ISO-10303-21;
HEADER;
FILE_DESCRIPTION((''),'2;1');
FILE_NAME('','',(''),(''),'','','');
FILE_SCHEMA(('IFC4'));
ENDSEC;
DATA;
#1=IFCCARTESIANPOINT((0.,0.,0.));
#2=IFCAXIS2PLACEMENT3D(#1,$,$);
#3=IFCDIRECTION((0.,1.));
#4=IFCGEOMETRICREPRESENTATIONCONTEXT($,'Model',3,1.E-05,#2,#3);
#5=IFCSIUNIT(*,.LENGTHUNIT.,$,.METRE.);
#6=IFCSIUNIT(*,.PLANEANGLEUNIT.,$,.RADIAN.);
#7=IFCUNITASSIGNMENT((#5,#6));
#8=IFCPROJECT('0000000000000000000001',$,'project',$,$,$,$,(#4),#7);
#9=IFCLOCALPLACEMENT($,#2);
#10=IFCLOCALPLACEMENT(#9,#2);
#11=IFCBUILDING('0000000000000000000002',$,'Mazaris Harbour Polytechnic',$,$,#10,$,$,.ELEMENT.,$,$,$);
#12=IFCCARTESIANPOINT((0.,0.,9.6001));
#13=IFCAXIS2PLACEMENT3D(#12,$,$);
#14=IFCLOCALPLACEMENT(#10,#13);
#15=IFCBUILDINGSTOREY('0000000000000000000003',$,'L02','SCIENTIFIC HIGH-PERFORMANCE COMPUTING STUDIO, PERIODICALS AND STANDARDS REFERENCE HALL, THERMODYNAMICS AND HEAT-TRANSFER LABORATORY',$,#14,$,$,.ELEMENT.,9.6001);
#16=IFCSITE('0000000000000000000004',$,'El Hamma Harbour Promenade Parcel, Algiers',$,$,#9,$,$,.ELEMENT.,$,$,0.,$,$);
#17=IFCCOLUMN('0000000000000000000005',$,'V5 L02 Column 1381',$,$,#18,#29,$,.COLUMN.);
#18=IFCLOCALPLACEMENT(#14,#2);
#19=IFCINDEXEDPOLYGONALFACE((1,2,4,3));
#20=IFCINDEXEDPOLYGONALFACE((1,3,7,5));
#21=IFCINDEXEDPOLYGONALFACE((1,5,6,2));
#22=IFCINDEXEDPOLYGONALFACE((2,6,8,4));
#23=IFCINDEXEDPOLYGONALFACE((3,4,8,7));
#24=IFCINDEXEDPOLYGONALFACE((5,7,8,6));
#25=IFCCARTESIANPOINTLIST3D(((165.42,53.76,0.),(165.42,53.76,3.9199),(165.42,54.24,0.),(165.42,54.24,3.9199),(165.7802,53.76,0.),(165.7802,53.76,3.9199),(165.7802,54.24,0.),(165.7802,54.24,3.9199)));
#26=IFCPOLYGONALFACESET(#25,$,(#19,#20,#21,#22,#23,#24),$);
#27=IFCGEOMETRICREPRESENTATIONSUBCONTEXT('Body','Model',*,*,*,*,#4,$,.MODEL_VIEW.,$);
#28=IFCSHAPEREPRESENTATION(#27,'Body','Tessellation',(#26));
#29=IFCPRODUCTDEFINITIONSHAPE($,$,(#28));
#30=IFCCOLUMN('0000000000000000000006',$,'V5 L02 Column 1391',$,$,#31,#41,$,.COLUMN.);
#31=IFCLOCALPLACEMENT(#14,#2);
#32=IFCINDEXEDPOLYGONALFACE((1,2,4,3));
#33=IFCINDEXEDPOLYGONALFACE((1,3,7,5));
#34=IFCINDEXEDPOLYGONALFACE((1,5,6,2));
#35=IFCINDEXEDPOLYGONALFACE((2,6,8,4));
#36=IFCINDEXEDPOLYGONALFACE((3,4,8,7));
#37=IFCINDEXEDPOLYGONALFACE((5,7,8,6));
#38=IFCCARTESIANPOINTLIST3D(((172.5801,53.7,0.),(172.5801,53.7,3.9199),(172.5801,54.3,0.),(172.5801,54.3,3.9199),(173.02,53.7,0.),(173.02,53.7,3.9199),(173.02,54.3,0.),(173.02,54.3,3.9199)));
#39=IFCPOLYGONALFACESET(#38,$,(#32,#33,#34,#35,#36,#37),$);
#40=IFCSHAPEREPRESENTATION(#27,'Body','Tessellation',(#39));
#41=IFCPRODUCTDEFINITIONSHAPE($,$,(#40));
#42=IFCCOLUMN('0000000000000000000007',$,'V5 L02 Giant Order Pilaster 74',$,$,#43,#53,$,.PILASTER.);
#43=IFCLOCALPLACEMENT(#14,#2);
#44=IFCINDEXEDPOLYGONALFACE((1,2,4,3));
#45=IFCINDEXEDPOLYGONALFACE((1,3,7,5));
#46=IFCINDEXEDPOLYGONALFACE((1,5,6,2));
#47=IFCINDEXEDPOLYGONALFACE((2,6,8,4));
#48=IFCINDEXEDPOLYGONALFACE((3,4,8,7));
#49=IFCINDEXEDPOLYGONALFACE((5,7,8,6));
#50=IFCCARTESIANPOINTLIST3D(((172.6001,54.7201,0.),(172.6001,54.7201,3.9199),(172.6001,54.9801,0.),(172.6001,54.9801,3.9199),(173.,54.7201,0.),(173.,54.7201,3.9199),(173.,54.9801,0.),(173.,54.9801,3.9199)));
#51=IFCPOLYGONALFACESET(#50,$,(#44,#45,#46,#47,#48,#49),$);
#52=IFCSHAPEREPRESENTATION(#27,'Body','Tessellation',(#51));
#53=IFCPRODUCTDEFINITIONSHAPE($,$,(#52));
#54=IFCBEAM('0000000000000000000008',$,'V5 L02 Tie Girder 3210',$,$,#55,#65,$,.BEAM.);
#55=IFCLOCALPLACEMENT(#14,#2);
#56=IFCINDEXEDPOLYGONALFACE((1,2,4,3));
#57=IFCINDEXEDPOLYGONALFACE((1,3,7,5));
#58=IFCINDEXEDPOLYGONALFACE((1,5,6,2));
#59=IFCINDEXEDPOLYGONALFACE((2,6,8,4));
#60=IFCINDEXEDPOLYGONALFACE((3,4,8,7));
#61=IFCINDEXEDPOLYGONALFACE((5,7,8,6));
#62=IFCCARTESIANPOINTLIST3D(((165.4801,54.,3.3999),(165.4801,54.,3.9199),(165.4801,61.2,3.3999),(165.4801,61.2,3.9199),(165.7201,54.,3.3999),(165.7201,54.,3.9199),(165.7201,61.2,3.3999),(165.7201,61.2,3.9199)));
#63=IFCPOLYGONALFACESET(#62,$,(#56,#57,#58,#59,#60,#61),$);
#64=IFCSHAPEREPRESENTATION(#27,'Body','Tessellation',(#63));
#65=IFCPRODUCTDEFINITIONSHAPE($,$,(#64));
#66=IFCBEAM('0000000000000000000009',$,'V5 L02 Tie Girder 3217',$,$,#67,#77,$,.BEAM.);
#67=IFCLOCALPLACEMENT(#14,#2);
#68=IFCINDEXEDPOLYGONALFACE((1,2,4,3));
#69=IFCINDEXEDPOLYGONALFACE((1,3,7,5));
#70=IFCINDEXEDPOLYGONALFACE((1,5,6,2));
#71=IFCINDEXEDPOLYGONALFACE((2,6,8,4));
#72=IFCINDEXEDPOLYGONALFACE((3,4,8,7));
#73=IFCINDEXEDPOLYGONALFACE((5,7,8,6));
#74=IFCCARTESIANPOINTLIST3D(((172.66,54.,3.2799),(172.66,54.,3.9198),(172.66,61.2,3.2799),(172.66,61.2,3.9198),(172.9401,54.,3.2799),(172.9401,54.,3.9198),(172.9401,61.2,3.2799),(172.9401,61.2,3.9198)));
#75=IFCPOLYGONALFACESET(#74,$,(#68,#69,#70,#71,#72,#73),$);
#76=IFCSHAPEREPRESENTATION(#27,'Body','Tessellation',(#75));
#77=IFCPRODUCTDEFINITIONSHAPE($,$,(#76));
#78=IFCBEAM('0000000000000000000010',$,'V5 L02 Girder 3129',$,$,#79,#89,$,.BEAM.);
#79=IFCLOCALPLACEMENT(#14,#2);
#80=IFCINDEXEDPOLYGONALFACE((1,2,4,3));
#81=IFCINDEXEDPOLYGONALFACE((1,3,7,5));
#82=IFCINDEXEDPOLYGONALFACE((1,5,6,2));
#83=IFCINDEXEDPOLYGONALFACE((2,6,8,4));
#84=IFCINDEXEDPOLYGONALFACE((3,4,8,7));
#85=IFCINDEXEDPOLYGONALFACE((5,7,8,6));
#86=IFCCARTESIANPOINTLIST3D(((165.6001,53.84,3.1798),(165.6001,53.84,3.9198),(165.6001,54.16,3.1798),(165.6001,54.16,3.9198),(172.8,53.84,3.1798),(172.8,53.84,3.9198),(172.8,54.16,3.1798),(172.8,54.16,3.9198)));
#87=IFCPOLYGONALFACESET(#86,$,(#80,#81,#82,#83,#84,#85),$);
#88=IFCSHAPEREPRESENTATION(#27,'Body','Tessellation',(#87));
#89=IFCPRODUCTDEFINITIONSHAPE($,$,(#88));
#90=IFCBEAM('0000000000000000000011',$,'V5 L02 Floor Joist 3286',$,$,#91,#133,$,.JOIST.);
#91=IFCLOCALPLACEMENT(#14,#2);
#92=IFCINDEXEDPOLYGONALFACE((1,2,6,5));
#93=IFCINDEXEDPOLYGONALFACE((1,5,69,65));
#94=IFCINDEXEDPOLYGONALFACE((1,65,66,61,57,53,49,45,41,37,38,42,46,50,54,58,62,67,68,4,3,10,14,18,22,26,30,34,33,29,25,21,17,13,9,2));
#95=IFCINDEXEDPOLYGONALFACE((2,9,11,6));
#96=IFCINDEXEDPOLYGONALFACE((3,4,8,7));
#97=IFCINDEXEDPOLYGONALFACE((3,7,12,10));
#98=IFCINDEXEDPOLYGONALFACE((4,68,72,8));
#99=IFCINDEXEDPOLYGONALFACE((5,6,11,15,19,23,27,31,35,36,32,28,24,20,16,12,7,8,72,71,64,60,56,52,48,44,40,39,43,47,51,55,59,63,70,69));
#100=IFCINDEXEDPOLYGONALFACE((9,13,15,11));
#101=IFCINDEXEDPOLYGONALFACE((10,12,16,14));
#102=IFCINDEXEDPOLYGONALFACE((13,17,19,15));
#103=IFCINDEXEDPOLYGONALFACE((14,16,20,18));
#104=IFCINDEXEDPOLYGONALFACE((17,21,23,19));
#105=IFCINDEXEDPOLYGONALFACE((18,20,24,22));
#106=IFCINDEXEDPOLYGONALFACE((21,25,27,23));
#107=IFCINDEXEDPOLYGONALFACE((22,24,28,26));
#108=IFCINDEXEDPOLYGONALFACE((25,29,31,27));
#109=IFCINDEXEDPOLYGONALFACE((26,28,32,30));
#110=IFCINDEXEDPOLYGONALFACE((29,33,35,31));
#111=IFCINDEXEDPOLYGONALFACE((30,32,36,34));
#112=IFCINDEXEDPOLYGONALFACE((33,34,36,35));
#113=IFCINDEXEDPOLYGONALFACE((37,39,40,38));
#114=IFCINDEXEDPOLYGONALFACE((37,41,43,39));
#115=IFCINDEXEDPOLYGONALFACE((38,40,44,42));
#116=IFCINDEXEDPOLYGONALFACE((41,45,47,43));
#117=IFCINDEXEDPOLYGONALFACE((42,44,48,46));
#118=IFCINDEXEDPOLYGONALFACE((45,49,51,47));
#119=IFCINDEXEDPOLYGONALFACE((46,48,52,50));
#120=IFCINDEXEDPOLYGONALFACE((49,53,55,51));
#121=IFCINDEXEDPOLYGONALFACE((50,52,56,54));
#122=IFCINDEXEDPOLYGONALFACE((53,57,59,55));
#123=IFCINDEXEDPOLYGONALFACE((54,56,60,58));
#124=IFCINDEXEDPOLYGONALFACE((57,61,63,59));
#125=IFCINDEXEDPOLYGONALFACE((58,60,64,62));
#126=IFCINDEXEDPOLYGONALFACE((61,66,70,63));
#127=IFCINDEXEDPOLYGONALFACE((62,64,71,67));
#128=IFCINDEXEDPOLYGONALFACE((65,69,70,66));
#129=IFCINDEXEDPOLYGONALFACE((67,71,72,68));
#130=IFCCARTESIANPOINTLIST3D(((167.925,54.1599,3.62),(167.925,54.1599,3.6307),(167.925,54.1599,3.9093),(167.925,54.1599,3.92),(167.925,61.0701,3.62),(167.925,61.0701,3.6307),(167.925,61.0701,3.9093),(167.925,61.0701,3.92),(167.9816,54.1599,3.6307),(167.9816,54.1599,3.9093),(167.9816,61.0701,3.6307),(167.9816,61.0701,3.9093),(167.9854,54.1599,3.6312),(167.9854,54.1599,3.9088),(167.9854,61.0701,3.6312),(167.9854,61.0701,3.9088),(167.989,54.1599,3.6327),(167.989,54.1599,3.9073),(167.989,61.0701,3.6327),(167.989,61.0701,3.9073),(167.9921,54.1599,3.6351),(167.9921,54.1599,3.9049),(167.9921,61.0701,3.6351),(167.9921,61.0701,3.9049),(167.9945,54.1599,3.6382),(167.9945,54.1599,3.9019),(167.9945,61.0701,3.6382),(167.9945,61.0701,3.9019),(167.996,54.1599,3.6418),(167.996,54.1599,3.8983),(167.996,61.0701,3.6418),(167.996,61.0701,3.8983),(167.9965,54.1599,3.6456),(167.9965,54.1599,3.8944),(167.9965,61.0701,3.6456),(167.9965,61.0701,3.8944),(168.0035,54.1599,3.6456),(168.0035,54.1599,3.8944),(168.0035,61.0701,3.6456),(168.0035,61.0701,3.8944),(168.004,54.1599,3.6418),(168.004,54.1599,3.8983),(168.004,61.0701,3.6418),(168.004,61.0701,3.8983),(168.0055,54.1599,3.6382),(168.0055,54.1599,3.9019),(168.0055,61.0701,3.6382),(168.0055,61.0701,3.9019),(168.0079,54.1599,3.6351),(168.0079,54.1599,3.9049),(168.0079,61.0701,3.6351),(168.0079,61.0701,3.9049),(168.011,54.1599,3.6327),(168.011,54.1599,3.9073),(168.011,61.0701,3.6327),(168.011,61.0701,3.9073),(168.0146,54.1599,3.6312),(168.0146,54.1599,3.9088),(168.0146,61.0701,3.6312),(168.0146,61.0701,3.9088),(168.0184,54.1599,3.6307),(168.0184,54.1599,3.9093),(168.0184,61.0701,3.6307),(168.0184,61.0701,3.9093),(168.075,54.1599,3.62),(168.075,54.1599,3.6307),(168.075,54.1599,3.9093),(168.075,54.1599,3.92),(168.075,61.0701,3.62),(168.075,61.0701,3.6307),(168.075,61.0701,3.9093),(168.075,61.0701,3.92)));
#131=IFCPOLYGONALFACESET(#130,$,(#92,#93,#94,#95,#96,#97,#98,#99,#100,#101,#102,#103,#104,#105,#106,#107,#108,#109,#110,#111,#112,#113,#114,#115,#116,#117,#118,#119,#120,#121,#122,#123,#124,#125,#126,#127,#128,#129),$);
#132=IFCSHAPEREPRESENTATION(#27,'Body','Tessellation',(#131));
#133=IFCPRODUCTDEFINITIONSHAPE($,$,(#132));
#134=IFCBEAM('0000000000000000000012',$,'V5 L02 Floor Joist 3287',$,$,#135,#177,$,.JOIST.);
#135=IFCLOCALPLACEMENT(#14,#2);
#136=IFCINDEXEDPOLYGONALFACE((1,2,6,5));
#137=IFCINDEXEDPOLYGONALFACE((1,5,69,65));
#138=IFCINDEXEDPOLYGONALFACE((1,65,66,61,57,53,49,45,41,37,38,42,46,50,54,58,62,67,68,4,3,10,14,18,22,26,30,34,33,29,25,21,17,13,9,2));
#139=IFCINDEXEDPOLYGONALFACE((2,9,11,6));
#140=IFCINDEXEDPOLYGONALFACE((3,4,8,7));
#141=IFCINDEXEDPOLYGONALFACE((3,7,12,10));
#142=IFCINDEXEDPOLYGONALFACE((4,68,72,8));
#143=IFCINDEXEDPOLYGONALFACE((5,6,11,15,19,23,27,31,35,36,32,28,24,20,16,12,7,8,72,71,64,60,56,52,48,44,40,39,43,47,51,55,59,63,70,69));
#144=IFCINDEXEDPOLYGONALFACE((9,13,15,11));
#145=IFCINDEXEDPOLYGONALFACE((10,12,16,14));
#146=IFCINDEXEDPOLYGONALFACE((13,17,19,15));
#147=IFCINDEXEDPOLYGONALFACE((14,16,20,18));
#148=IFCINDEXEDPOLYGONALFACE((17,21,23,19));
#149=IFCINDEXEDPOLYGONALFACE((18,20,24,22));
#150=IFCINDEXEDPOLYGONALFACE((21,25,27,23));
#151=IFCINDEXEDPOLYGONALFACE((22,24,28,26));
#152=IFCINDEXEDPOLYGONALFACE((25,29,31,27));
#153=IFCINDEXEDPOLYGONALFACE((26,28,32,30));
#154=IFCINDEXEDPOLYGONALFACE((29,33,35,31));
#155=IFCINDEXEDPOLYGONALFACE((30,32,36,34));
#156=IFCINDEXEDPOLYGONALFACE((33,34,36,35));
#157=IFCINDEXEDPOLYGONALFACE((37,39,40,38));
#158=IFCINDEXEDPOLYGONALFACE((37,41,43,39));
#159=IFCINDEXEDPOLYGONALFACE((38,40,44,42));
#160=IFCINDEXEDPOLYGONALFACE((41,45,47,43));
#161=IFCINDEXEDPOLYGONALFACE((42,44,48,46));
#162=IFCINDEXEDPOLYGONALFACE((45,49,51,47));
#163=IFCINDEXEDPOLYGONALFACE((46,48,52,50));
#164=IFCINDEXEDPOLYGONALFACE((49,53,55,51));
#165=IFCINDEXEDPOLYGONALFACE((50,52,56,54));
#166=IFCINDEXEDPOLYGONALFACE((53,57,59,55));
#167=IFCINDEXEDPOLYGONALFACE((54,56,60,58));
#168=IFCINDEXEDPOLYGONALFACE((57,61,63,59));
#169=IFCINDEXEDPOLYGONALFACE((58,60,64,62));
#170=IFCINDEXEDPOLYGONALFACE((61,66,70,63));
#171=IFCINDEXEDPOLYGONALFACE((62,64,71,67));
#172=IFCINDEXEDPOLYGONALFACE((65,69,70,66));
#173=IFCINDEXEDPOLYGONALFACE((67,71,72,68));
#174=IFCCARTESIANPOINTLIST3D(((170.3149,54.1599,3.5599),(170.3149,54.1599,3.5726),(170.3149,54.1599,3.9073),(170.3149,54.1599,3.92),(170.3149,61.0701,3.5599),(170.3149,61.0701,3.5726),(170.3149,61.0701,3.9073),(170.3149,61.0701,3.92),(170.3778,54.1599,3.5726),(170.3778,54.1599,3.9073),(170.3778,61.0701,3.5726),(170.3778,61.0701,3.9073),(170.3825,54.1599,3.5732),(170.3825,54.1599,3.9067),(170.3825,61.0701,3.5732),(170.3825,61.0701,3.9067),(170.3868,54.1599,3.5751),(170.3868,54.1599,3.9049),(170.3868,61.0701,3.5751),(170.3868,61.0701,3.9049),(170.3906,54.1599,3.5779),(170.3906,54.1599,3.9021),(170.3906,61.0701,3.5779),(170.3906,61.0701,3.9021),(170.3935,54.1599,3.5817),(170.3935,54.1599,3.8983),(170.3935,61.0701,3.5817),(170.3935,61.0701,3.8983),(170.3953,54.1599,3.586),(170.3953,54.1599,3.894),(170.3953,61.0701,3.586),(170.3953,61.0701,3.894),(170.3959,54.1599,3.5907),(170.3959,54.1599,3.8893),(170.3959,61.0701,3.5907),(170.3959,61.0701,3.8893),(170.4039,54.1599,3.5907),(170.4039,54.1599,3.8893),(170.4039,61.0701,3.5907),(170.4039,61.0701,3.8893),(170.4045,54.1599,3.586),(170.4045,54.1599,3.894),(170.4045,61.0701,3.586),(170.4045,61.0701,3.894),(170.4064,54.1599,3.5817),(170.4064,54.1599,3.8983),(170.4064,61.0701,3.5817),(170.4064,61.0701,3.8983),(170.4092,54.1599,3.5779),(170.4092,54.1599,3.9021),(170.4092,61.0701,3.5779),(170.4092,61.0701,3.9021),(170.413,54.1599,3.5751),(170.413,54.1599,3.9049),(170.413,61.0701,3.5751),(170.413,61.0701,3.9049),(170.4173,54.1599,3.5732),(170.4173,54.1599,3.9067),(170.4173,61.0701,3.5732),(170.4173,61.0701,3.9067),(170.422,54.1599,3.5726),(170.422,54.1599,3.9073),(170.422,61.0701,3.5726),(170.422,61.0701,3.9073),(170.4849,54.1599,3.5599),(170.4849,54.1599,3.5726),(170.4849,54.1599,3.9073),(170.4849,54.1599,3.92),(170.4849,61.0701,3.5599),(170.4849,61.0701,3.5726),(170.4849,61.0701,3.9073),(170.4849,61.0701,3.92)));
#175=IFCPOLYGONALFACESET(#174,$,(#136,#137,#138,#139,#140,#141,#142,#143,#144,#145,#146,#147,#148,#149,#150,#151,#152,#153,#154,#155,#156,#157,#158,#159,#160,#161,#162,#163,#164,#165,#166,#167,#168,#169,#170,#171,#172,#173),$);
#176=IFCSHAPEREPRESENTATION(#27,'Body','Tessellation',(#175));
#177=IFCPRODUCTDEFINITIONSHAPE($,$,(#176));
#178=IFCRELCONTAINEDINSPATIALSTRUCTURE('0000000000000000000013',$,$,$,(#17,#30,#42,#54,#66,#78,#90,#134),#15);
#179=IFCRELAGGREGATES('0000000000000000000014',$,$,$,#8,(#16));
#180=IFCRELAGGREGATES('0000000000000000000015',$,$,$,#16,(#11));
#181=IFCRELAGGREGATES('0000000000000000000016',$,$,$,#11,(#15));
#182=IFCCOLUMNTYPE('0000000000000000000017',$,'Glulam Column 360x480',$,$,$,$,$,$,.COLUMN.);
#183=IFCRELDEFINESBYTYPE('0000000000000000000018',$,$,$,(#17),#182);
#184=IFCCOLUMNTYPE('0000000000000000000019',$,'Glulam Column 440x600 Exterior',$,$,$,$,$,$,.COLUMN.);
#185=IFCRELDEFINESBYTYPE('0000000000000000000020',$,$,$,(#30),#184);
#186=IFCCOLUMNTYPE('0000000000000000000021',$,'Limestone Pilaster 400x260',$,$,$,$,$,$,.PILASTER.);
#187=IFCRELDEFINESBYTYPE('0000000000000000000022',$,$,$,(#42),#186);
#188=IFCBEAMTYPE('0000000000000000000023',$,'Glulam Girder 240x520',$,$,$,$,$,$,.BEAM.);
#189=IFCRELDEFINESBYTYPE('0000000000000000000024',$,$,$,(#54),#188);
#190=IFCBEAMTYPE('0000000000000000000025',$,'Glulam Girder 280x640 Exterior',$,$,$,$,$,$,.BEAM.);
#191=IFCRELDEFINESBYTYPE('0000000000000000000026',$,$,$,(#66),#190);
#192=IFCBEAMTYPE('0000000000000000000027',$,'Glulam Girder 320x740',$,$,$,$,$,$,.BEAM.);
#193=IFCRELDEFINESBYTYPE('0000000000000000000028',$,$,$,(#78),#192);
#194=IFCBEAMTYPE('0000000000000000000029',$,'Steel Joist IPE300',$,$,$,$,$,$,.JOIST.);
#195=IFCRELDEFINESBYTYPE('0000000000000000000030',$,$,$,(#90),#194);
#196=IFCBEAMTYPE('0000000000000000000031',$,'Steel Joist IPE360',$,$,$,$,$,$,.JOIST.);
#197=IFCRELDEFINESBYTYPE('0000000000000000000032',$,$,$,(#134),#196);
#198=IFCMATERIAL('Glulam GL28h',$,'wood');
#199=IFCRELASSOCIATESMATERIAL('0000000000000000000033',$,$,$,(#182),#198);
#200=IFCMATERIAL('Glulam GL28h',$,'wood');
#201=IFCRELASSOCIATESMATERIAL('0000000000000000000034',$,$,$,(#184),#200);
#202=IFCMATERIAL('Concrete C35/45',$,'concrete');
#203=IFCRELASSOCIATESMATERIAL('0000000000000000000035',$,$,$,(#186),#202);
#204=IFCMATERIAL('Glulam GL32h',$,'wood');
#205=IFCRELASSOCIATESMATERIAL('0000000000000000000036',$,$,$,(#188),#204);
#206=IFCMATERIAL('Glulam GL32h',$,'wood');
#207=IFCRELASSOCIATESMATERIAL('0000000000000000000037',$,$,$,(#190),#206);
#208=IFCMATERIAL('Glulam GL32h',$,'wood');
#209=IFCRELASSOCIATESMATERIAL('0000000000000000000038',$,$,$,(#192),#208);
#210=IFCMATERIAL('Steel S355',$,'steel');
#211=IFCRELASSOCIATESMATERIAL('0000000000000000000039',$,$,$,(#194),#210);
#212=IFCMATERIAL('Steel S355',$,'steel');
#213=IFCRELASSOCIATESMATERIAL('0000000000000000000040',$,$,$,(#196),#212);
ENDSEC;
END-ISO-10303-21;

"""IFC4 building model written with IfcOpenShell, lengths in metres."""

from ifc_helpers import new_model, si_unit, direction, frame, origin, origin_2d, place, context, subcontext, project, spatial, rectangle, i_section, extrude, material, material_profile, profile_set, type_object, element, save


model = new_model("IFC4")

# Units and contexts
model_context = context("Model", 3, precision=1e-05, world=origin(), true_north=direction((0.0, 1.0)))
body_context = subcontext(model_context, "Body", "Model", "MODEL_VIEW")
ifc_project = project(units=[si_unit("LENGTHUNIT", "METRE"), si_unit("PLANEANGLEUNIT", "RADIAN")], contexts=[model_context])

# Site, building, storey
site_placement = place(None, origin())
site = spatial("IfcSite", under=ifc_project, at=site_placement, Name="El Hamma Harbour Promenade Parcel, Algiers", CompositionType="ELEMENT", RefElevation=0.0)
building_placement = place(site_placement, origin())
building = spatial("IfcBuilding", under=site, at=building_placement, Name="Mazaris Harbour Polytechnic", CompositionType="ELEMENT")
storey_placement = place(building_placement, frame((0.0, 0.0, 9.6001)))
storey = spatial("IfcBuildingStorey", under=building, at=storey_placement, Name="L02", Description="SCIENTIFIC HIGH-PERFORMANCE COMPUTING STUDIO, PERIODICALS AND STANDARDS REFERENCE HALL, THERMODYNAMICS AND HEAT-TRANSFER LABORATORY", CompositionType="ELEMENT", Elevation=9.6001)

# Columns
ifc_material_1 = material(Name="Glulam GL28h", Category="wood")
ifc_material_profile_1 = material_profile(ifc_material_1, rectangle(XDim=0.3601, YDim=0.48, at=origin_2d()), Name="RECT360x480")
ifc_profile_set_1 = profile_set([ifc_material_profile_1], Name="Glulam GL28h")
column_type_1 = type_object("IfcColumnType", Name="Glulam Column 360x480", PredefinedType="COLUMN", material=ifc_profile_set_1)
column_1_placement = place(storey_placement, frame((165.6001, 54.0, 0.0), z_axis=(0.0, 0.0, 1.0), x_axis=(1.0, 0.0, 0.0)))
element("IfcColumn", 1, at=column_1_placement, inside=storey, type_object=column_type_1, Name="V5 L02 Column 1381", PredefinedType="COLUMN", context=body_context, shape_type="SweptSolid", body=[
    extrude(rectangle(XDim=0.3601, YDim=0.48, at=origin_2d()), origin(), (0.0, 0.0, 1.0), 3.9199),
])
ifc_material_2 = material(Name="Glulam GL28h", Category="wood")
ifc_material_profile_2 = material_profile(ifc_material_2, rectangle(XDim=0.4399, YDim=0.6001, at=origin_2d()), Name="RECT440x600")
ifc_profile_set_2 = profile_set([ifc_material_profile_2], Name="Glulam GL28h")
column_type_2 = type_object("IfcColumnType", Name="Glulam Column 440x600 Exterior", PredefinedType="COLUMN", material=ifc_profile_set_2)
column_2_placement = place(storey_placement, frame((172.8, 54.0, 0.0), z_axis=(0.0, 0.0, 1.0), x_axis=(1.0, 0.0, 0.0)))
element("IfcColumn", 2, at=column_2_placement, inside=storey, type_object=column_type_2, Name="V5 L02 Column 1391", PredefinedType="COLUMN", context=body_context, shape_type="SweptSolid", body=[
    extrude(rectangle(XDim=0.4399, YDim=0.6001, at=origin_2d()), origin(), (0.0, 0.0, 1.0), 3.9199),
])
ifc_material_3 = material(Name="Concrete C35/45", Category="concrete")
ifc_material_profile_3 = material_profile(ifc_material_3, rectangle(XDim=0.3999, YDim=0.26, at=origin_2d()), Name="RECT400x260")
ifc_profile_set_3 = profile_set([ifc_material_profile_3], Name="Concrete C35/45")
column_type_3 = type_object("IfcColumnType", Name="Limestone Pilaster 400x260", PredefinedType="PILASTER", material=ifc_profile_set_3)
column_3_placement = place(storey_placement, frame((172.8, 54.8501, 0.0), z_axis=(0.0, 0.0, 1.0), x_axis=(1.0, 0.0, 0.0)))
element("IfcColumn", 3, at=column_3_placement, inside=storey, type_object=column_type_3, Name="V5 L02 Giant Order Pilaster 74", PredefinedType="PILASTER", context=body_context, shape_type="SweptSolid", body=[
    extrude(rectangle(XDim=0.3999, YDim=0.26, at=origin_2d()), origin(), (0.0, 0.0, 1.0), 3.9199),
])

# Beams
ifc_material_4 = material(Name="Glulam GL32h", Category="wood")
ifc_material_profile_4 = material_profile(ifc_material_4, rectangle(XDim=0.24, YDim=0.52, at=origin_2d()), Name="RECT240x520")
ifc_profile_set_4 = profile_set([ifc_material_profile_4], Name="Glulam GL32h")
beam_type_1 = type_object("IfcBeamType", Name="Glulam Girder 240x520", PredefinedType="BEAM", material=ifc_profile_set_4)
beam_1_placement = place(storey_placement, frame((165.6001, 54.0, 3.6599), z_axis=(0.0, 1.0, 0.0), x_axis=(-1.0, 0.0, 0.0)))
element("IfcBeam", 4, at=beam_1_placement, inside=storey, type_object=beam_type_1, Name="V5 L02 Tie Girder 3210", PredefinedType="BEAM", context=body_context, shape_type="SweptSolid", body=[
    extrude(rectangle(XDim=0.24, YDim=0.52, at=origin_2d()), origin(), (0.0, 0.0, 1.0), 7.2),
])
ifc_material_5 = material(Name="Glulam GL32h", Category="wood")
ifc_material_profile_5 = material_profile(ifc_material_5, rectangle(XDim=0.28, YDim=0.6399, at=origin_2d()), Name="RECT280x640")
ifc_profile_set_5 = profile_set([ifc_material_profile_5], Name="Glulam GL32h")
beam_type_2 = type_object("IfcBeamType", Name="Glulam Girder 280x640 Exterior", PredefinedType="BEAM", material=ifc_profile_set_5)
beam_2_placement = place(storey_placement, frame((172.8, 54.0, 3.5999), z_axis=(0.0, 1.0, 0.0), x_axis=(-1.0, 0.0, 0.0)))
element("IfcBeam", 5, at=beam_2_placement, inside=storey, type_object=beam_type_2, Name="V5 L02 Tie Girder 3217", PredefinedType="BEAM", context=body_context, shape_type="SweptSolid", body=[
    extrude(rectangle(XDim=0.28, YDim=0.6399, at=origin_2d()), origin(), (0.0, 0.0, 1.0), 7.2),
])
ifc_material_6 = material(Name="Glulam GL32h", Category="wood")
ifc_material_profile_6 = material_profile(ifc_material_6, rectangle(XDim=0.3201, YDim=0.74, at=origin_2d()), Name="RECT320x740")
ifc_profile_set_6 = profile_set([ifc_material_profile_6], Name="Glulam GL32h")
beam_type_3 = type_object("IfcBeamType", Name="Glulam Girder 320x740", PredefinedType="BEAM", material=ifc_profile_set_6)
beam_3_placement = place(storey_placement, frame((165.6001, 54.0, 3.5498), z_axis=(1.0, 0.0, 0.0), x_axis=(0.0, 1.0, 0.0)))
element("IfcBeam", 6, at=beam_3_placement, inside=storey, type_object=beam_type_3, Name="V5 L02 Girder 3129", PredefinedType="BEAM", context=body_context, shape_type="SweptSolid", body=[
    extrude(rectangle(XDim=0.3201, YDim=0.74, at=origin_2d()), origin(), (0.0, 0.0, 1.0), 7.2),
])
ifc_material_7 = material(Name="Steel S355", Category="steel")
ifc_material_profile_7 = material_profile(ifc_material_7, i_section(OverallWidth=0.1499, OverallDepth=0.3, WebThickness=0.0071, FlangeThickness=0.0107, FilletRadius=0.0149, at=origin_2d()), Name="IPE 300")
ifc_profile_set_7 = profile_set([ifc_material_profile_7], Name="Steel S355")
beam_type_4 = type_object("IfcBeamType", Name="Steel Joist IPE300", PredefinedType="JOIST", material=ifc_profile_set_7)
beam_4_placement = place(storey_placement, frame((168.0, 54.1599, 3.77), z_axis=(0.0, 1.0, 0.0), x_axis=(-1.0, 0.0, 0.0)))
element("IfcBeam", 7, at=beam_4_placement, inside=storey, type_object=beam_type_4, Name="V5 L02 Floor Joist 3286", PredefinedType="JOIST", context=body_context, shape_type="SweptSolid", body=[
    extrude(i_section(OverallWidth=0.1499, OverallDepth=0.3, WebThickness=0.0071, FlangeThickness=0.0107, FilletRadius=0.0149, at=origin_2d()), origin(), (0.0, 0.0, 1.0), 6.9102),
])
ifc_material_8 = material(Name="Steel S355", Category="steel")
ifc_material_profile_8 = material_profile(ifc_material_8, i_section(OverallWidth=0.1699, OverallDepth=0.3601, WebThickness=0.0081, FlangeThickness=0.0127, FilletRadius=0.0181, at=origin_2d()), Name="IPE 360")
ifc_profile_set_8 = profile_set([ifc_material_profile_8], Name="Steel S355")
beam_type_5 = type_object("IfcBeamType", Name="Steel Joist IPE360", PredefinedType="JOIST", material=ifc_profile_set_8)
beam_5_placement = place(storey_placement, frame((170.3999, 54.1599, 3.74), z_axis=(0.0, 1.0, 0.0), x_axis=(-1.0, 0.0, 0.0)))
element("IfcBeam", 8, at=beam_5_placement, inside=storey, type_object=beam_type_5, Name="V5 L02 Floor Joist 3287", PredefinedType="JOIST", context=body_context, shape_type="SweptSolid", body=[
    extrude(i_section(OverallWidth=0.1699, OverallDepth=0.3601, WebThickness=0.0081, FlangeThickness=0.0127, FilletRadius=0.0181, at=origin_2d()), origin(), (0.0, 0.0, 1.0), 6.9102),
])

save(model, "model.ifc")
